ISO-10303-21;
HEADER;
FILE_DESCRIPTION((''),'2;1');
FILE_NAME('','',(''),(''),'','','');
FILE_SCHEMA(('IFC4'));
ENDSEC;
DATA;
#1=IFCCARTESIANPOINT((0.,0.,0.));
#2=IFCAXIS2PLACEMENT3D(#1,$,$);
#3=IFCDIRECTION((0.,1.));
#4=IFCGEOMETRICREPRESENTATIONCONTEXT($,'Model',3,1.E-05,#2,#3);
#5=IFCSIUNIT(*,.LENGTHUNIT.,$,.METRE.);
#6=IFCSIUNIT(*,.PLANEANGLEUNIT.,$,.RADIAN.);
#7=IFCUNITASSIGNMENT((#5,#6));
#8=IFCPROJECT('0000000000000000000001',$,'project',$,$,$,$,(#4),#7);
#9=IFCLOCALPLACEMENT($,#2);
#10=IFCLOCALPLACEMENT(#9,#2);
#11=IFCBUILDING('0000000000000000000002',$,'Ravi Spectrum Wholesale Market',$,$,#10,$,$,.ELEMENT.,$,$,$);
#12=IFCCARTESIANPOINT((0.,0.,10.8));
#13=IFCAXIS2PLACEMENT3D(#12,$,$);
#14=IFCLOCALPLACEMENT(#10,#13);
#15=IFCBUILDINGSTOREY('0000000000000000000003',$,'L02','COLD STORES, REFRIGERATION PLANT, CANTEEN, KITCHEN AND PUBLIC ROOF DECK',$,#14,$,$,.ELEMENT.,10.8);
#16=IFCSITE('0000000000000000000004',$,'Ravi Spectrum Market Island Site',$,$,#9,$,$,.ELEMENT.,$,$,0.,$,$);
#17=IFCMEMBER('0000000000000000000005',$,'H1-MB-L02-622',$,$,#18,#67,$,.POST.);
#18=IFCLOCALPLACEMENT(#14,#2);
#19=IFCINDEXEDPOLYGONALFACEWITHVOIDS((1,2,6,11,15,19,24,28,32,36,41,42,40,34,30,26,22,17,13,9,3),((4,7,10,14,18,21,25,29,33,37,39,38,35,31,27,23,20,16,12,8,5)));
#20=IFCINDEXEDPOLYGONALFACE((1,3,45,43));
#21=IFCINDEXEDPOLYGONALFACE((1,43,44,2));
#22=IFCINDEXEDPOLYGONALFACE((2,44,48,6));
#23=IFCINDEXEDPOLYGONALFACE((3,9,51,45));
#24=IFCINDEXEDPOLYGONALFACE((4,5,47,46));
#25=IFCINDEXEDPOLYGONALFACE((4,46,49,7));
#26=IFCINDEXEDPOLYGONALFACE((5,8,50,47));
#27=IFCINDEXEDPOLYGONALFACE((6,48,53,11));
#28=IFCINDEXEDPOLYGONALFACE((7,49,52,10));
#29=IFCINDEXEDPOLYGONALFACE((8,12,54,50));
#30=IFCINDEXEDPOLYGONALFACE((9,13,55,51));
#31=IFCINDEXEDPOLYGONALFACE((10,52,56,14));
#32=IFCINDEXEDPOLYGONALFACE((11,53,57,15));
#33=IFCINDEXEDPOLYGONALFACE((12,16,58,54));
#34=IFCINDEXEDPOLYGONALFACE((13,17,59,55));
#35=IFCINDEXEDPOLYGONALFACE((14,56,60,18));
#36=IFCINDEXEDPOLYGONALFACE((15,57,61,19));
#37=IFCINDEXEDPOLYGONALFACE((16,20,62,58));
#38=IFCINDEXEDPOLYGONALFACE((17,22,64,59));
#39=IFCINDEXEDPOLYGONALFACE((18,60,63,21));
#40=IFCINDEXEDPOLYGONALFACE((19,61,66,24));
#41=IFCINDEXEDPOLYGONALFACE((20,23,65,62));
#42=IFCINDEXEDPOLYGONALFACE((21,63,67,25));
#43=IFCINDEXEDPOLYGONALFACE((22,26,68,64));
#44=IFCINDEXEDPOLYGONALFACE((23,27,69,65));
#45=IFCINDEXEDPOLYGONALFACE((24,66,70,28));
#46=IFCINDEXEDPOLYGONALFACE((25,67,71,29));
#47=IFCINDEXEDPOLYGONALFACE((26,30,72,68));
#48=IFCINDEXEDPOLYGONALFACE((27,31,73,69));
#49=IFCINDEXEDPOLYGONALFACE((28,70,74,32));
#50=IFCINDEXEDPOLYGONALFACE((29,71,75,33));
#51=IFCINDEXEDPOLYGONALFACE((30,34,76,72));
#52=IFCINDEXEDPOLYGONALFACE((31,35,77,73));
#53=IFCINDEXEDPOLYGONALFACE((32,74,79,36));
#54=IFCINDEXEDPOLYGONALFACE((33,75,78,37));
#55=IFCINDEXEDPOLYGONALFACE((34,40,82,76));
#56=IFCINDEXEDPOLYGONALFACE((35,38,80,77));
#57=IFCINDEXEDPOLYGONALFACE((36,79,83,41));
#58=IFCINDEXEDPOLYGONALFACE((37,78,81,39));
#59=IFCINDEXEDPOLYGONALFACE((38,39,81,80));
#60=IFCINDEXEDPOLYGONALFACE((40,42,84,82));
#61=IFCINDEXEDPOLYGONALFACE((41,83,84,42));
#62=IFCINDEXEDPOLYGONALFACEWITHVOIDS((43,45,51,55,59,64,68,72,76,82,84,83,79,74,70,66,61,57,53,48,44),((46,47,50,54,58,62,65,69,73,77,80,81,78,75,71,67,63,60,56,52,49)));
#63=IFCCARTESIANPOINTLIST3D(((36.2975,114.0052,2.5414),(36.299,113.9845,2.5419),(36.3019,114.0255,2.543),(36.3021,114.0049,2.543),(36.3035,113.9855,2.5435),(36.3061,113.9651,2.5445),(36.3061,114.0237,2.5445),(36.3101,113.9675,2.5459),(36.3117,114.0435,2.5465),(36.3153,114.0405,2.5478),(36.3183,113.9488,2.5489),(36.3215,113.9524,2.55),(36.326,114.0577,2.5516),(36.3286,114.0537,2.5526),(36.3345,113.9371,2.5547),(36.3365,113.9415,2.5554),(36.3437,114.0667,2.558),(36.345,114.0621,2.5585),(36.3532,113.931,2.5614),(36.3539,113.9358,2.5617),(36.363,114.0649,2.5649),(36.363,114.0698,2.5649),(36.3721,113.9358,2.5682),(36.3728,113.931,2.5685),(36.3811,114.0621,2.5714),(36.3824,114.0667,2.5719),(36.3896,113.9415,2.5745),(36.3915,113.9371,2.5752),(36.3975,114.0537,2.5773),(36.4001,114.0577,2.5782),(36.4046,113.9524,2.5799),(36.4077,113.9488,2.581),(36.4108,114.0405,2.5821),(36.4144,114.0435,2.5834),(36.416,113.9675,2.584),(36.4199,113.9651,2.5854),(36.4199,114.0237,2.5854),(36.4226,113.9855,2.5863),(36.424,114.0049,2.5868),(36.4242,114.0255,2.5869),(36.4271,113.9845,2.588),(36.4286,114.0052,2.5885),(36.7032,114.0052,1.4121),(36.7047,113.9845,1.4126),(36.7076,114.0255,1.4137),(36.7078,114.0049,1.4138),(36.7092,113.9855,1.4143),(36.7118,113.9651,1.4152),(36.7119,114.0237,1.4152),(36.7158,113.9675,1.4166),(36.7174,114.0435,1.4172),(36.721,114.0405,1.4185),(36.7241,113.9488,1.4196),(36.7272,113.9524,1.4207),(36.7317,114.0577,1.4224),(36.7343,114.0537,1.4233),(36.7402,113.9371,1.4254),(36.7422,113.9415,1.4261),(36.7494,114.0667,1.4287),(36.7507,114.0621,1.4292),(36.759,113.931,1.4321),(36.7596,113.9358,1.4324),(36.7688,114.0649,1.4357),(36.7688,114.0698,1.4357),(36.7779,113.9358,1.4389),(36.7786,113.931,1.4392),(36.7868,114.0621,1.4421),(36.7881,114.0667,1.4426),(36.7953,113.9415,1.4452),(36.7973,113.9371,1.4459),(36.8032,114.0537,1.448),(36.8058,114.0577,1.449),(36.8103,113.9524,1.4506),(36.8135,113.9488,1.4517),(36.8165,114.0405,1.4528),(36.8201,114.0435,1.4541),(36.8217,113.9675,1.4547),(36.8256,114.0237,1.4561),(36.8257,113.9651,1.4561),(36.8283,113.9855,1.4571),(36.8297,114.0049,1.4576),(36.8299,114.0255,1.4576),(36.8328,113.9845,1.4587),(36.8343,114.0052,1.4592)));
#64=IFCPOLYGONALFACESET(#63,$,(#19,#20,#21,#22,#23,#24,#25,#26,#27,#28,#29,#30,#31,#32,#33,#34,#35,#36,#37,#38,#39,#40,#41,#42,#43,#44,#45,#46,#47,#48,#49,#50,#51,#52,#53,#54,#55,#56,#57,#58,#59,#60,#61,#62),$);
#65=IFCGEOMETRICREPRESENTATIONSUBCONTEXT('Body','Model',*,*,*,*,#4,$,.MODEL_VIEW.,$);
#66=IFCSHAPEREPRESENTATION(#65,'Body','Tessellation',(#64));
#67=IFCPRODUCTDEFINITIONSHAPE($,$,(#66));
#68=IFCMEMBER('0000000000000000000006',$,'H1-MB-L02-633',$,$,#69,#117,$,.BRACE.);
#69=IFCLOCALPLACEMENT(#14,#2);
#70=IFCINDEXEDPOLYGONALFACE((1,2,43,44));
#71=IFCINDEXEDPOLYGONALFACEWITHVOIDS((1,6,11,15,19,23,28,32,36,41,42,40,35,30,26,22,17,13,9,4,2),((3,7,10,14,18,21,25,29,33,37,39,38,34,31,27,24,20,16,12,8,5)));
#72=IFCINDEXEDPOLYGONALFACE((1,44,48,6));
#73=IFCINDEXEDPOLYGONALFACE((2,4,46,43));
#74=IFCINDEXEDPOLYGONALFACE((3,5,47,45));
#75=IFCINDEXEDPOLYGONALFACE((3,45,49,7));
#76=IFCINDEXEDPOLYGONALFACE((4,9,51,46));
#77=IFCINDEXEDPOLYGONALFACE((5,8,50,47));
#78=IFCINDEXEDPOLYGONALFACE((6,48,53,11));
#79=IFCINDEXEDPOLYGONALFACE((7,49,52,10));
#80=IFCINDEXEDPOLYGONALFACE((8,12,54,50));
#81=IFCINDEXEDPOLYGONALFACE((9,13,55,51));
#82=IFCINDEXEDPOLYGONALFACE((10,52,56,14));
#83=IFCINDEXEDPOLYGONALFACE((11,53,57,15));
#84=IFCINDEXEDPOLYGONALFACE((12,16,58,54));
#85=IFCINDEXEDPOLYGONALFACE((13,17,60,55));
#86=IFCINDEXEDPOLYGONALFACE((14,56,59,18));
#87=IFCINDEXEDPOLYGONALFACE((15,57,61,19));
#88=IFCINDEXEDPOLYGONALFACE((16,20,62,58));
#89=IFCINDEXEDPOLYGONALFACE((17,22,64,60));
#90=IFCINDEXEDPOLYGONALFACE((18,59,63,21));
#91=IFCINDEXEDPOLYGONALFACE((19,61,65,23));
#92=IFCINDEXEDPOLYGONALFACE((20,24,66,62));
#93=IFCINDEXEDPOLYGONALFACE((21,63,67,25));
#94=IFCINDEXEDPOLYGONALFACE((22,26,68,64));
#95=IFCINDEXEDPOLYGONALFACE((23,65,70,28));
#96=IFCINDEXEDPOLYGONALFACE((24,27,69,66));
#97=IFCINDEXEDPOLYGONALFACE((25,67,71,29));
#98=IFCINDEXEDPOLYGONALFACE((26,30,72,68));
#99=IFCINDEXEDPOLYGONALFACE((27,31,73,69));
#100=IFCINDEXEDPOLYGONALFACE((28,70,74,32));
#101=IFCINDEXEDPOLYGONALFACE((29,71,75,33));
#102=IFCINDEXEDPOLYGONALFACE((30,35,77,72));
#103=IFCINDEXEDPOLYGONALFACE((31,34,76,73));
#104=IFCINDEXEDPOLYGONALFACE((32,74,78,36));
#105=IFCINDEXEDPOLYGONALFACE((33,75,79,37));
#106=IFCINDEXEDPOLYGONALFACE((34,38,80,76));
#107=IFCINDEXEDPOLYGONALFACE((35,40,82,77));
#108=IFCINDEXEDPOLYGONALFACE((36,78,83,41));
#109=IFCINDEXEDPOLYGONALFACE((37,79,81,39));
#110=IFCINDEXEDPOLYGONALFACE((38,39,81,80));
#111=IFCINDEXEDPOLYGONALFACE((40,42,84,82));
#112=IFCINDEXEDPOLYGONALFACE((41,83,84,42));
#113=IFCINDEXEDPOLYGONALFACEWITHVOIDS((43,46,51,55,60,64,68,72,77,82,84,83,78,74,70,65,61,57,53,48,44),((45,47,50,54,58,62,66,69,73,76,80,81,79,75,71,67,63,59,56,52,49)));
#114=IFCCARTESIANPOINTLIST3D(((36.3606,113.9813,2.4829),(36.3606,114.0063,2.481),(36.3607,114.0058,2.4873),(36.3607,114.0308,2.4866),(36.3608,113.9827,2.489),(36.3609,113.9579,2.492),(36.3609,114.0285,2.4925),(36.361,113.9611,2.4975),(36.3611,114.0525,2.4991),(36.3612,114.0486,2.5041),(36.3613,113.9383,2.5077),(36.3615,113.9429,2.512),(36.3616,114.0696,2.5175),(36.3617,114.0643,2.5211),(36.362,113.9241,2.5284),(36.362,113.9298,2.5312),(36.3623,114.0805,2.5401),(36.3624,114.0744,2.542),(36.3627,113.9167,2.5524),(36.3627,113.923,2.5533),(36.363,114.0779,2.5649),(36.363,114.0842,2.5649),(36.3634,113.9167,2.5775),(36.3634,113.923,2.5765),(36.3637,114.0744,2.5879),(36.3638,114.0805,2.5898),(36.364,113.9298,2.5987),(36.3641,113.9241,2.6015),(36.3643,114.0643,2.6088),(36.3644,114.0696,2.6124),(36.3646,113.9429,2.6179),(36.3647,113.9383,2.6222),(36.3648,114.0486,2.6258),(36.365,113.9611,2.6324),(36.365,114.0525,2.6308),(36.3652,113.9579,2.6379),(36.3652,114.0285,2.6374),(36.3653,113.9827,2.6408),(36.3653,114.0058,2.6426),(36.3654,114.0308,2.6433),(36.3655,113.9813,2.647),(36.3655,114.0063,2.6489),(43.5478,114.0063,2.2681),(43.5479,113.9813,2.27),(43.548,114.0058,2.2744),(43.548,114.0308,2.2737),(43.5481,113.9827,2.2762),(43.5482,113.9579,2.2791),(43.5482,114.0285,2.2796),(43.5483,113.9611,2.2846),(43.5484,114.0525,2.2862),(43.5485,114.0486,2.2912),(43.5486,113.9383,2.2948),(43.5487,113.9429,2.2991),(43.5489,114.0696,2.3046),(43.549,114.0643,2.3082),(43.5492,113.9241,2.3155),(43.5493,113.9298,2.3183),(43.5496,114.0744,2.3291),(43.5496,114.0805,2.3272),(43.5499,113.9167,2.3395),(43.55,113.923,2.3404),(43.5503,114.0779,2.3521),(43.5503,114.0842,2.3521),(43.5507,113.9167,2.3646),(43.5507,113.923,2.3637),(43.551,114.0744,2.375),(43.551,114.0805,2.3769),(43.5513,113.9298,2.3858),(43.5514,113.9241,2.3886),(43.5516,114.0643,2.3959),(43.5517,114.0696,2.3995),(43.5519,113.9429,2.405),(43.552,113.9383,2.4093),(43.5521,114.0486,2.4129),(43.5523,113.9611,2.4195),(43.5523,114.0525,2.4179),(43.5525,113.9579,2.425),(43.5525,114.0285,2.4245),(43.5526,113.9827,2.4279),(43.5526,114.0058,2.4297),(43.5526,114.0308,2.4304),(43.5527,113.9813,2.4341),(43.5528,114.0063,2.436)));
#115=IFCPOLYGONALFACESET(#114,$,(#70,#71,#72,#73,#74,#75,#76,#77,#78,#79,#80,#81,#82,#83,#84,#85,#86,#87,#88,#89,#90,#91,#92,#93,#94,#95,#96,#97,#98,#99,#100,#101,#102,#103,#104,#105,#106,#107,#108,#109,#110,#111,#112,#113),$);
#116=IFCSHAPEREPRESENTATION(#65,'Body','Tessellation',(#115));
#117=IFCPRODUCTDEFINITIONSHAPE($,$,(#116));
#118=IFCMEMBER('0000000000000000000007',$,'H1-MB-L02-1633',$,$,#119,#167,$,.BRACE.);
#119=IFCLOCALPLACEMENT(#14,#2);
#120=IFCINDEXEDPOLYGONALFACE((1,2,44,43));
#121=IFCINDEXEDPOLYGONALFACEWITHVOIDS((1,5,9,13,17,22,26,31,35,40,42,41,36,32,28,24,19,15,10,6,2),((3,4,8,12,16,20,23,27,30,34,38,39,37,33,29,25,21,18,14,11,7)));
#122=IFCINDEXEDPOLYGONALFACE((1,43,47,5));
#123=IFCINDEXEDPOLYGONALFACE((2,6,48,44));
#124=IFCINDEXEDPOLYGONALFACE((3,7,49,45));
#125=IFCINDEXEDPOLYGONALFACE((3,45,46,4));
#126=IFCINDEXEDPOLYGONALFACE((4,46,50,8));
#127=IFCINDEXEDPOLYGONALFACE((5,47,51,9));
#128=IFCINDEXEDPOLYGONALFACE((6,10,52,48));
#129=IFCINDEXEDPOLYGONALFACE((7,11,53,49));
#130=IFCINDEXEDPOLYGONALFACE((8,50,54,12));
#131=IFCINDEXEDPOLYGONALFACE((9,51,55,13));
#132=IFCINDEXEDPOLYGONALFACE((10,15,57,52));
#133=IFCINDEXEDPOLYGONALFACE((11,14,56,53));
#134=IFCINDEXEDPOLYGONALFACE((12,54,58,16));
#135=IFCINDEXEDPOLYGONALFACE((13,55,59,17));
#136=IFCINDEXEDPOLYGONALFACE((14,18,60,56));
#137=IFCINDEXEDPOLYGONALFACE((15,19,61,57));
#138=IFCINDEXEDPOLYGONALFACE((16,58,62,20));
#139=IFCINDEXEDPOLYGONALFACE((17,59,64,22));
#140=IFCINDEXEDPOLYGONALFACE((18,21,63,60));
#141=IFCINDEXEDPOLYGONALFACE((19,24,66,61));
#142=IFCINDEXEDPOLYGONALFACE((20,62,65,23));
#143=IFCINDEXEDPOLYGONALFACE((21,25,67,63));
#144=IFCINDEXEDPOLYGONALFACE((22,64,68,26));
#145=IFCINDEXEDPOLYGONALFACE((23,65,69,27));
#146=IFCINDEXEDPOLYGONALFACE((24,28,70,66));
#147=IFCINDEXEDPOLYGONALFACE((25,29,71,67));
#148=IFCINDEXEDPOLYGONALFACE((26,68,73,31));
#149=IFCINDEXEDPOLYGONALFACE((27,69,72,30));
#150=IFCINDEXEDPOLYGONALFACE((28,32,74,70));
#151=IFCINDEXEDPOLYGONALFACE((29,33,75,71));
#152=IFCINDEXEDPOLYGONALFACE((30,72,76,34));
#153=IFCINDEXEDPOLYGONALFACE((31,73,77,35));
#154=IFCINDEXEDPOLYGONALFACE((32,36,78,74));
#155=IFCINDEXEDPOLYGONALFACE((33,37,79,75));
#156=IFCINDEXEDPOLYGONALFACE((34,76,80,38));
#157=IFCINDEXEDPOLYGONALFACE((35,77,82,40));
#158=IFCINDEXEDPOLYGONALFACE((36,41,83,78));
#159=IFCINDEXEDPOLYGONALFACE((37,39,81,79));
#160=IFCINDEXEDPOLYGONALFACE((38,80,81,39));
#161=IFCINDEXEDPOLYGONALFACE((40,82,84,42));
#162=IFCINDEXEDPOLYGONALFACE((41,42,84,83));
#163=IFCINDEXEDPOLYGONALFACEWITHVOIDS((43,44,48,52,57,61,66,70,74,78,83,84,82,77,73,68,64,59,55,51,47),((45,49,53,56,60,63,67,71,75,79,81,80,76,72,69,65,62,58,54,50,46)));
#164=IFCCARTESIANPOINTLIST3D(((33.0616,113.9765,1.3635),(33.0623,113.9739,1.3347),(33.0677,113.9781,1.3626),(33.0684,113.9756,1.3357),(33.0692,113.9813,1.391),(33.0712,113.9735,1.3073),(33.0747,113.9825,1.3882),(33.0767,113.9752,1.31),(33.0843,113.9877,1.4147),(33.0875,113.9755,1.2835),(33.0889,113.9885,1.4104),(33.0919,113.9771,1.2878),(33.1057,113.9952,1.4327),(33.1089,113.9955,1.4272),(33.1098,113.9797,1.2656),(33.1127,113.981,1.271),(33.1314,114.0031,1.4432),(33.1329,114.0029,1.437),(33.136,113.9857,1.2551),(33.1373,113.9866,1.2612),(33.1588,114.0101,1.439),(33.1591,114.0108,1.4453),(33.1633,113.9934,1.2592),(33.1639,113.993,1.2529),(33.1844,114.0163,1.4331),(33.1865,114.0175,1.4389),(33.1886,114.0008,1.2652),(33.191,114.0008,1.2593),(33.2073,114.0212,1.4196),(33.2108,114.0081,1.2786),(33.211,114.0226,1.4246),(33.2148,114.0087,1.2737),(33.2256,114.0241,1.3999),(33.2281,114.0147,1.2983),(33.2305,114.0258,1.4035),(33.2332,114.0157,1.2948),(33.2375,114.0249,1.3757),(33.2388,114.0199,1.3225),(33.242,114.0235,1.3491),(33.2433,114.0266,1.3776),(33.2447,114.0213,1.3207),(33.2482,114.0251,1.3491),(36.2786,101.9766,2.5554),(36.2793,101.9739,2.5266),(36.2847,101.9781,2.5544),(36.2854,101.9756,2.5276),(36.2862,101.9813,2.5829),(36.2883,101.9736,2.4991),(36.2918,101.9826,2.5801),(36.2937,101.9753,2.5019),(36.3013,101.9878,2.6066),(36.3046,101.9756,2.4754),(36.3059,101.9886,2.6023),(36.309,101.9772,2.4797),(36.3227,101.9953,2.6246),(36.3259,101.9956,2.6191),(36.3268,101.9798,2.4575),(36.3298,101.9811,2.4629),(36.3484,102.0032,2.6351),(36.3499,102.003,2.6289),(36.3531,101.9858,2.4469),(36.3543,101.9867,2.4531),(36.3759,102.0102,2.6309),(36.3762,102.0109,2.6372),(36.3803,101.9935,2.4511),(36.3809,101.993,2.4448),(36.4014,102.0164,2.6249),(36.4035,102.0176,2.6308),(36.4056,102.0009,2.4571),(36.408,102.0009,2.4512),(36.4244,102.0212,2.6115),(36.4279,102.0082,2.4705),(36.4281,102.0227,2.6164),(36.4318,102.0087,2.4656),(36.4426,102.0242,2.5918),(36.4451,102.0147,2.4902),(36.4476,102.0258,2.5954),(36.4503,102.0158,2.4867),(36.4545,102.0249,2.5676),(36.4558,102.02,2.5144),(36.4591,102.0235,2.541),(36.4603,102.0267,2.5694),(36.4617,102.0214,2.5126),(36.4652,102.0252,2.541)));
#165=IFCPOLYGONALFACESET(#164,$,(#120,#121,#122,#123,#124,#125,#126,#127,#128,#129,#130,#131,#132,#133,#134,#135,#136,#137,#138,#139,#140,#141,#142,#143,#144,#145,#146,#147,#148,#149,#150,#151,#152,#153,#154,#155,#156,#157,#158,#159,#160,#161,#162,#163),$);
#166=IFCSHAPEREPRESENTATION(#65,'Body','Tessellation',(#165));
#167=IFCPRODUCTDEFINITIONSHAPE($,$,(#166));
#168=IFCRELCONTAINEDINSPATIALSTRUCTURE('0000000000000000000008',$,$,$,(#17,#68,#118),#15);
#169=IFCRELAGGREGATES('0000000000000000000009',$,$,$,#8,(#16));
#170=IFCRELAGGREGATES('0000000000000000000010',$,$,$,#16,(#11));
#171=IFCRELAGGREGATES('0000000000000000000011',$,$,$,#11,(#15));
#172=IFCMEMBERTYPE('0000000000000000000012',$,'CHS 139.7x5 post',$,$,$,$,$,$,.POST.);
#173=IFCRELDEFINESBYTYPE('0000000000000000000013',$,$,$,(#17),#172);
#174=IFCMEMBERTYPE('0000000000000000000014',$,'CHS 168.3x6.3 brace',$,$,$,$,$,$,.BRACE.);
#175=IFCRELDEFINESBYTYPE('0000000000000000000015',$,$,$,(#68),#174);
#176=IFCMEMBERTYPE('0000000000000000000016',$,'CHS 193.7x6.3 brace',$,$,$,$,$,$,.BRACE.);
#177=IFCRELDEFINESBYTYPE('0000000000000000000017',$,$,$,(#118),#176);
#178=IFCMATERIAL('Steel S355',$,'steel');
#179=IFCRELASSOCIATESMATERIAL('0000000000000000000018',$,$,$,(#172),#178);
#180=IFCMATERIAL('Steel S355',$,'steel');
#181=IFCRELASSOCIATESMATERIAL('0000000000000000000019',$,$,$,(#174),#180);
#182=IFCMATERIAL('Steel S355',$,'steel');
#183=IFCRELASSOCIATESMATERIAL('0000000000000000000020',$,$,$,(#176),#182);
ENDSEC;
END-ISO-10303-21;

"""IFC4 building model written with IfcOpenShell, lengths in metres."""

from ifc_helpers import new_model, si_unit, direction, frame, origin, origin_2d, place, context, subcontext, project, spatial, hollow_circle, extrude, material, material_profile, profile_set, type_object, element, save


model = new_model("IFC4")

# Units and contexts
model_context = context("Model", 3, precision=1e-05, world=origin(), true_north=direction((0.0, 1.0)))
body_context = subcontext(model_context, "Body", "Model", "MODEL_VIEW")
ifc_project = project(units=[si_unit("LENGTHUNIT", "METRE"), si_unit("PLANEANGLEUNIT", "RADIAN")], contexts=[model_context])

# Site, building, storey
site_placement = place(None, origin())
site = spatial("IfcSite", under=ifc_project, at=site_placement, Name="Ravi Spectrum Market Island Site", CompositionType="ELEMENT", RefElevation=0.0)
building_placement = place(site_placement, origin())
building = spatial("IfcBuilding", under=site, at=building_placement, Name="Ravi Spectrum Wholesale Market", CompositionType="ELEMENT")
storey_placement = place(building_placement, frame((0.0, 0.0, 10.8)))
storey = spatial("IfcBuildingStorey", under=building, at=storey_placement, Name="L02", Description="COLD STORES, REFRIGERATION PLANT, CANTEEN, KITCHEN AND PUBLIC ROOF DECK", CompositionType="ELEMENT", Elevation=10.8)

# Members
ifc_material_1 = material(Name="Steel S355", Category="steel")
ifc_material_profile_1 = material_profile(ifc_material_1, hollow_circle(Radius=0.0698, WallThickness=0.0049, at=origin_2d()))
ifc_profile_set_1 = profile_set([ifc_material_profile_1], Name="Steel S355")
member_type_1 = type_object("IfcMemberType", Name="CHS 139.7x5 post", PredefinedType="POST", material=ifc_profile_set_1)
member_1_placement = place(storey_placement, frame((36.363, 114.0, 2.5649), z_axis=(0.338114, 0.0, -0.941105), x_axis=(0.0, 1.0, 0.0)))
element("IfcMember", 1, at=member_1_placement, inside=storey, type_object=member_type_1, Name="H1-MB-L02-622", PredefinedType="POST", context=body_context, shape_type="SweptSolid", body=[
    extrude(hollow_circle(Radius=0.0698, WallThickness=0.0049, at=origin_2d()), origin(), (0.0, 0.0, 1.0), 1.2),
])
ifc_material_2 = material(Name="Steel S355", Category="steel")
ifc_material_profile_2 = material_profile(ifc_material_2, hollow_circle(Radius=0.0842, WallThickness=0.0063, at=origin_2d()))
ifc_profile_set_2 = profile_set([ifc_material_profile_2], Name="Steel S355")
member_type_2 = type_object("IfcMemberType", Name="CHS 168.3x6.3 brace", PredefinedType="BRACE", material=ifc_profile_set_2)
member_2_placement = place(storey_placement, frame((36.363, 114.0, 2.5649), z_axis=(0.999562, 0.0, -0.029608), x_axis=(0.0, 1.0, 0.0)))
element("IfcMember", 2, at=member_2_placement, inside=storey, type_object=member_type_2, Name="H1-MB-L02-633", PredefinedType="BRACE", context=body_context, shape_type="SweptSolid", body=[
    extrude(hollow_circle(Radius=0.0842, WallThickness=0.0063, at=origin_2d()), origin(), (0.0, 0.0, 1.0), 7.1904),
])
ifc_material_3 = material(Name="Steel S355", Category="steel")
ifc_material_profile_3 = material_profile(ifc_material_3, hollow_circle(Radius=0.0969, WallThickness=0.0063, at=origin_2d()))
ifc_profile_set_3 = profile_set([ifc_material_profile_3], Name="Steel S355")
member_type_3 = type_object("IfcMemberType", Name="CHS 193.7x6.3 brace", PredefinedType="BRACE", material=ifc_profile_set_3)
for number, where, z_axis, x_axis, name in (
    (3, (33.1545, 114.0, 1.3491), (0.25776, -0.961478, 0.095498), (0.965893, 0.258943, 0.0), "H1-MB-L02-1633"),
):
    element("IfcMember", number, at=place(storey_placement, frame(where, z_axis=z_axis, x_axis=x_axis)), inside=storey, type_object=member_type_3, Name=name, PredefinedType="BRACE", context=body_context, shape_type="SweptSolid", body=[
        extrude(hollow_circle(Radius=0.0969, WallThickness=0.0063, at=origin_2d()), origin(), (0.0, 0.0, 1.0), 12.4807),
    ])

save(model, "model.ifc")
